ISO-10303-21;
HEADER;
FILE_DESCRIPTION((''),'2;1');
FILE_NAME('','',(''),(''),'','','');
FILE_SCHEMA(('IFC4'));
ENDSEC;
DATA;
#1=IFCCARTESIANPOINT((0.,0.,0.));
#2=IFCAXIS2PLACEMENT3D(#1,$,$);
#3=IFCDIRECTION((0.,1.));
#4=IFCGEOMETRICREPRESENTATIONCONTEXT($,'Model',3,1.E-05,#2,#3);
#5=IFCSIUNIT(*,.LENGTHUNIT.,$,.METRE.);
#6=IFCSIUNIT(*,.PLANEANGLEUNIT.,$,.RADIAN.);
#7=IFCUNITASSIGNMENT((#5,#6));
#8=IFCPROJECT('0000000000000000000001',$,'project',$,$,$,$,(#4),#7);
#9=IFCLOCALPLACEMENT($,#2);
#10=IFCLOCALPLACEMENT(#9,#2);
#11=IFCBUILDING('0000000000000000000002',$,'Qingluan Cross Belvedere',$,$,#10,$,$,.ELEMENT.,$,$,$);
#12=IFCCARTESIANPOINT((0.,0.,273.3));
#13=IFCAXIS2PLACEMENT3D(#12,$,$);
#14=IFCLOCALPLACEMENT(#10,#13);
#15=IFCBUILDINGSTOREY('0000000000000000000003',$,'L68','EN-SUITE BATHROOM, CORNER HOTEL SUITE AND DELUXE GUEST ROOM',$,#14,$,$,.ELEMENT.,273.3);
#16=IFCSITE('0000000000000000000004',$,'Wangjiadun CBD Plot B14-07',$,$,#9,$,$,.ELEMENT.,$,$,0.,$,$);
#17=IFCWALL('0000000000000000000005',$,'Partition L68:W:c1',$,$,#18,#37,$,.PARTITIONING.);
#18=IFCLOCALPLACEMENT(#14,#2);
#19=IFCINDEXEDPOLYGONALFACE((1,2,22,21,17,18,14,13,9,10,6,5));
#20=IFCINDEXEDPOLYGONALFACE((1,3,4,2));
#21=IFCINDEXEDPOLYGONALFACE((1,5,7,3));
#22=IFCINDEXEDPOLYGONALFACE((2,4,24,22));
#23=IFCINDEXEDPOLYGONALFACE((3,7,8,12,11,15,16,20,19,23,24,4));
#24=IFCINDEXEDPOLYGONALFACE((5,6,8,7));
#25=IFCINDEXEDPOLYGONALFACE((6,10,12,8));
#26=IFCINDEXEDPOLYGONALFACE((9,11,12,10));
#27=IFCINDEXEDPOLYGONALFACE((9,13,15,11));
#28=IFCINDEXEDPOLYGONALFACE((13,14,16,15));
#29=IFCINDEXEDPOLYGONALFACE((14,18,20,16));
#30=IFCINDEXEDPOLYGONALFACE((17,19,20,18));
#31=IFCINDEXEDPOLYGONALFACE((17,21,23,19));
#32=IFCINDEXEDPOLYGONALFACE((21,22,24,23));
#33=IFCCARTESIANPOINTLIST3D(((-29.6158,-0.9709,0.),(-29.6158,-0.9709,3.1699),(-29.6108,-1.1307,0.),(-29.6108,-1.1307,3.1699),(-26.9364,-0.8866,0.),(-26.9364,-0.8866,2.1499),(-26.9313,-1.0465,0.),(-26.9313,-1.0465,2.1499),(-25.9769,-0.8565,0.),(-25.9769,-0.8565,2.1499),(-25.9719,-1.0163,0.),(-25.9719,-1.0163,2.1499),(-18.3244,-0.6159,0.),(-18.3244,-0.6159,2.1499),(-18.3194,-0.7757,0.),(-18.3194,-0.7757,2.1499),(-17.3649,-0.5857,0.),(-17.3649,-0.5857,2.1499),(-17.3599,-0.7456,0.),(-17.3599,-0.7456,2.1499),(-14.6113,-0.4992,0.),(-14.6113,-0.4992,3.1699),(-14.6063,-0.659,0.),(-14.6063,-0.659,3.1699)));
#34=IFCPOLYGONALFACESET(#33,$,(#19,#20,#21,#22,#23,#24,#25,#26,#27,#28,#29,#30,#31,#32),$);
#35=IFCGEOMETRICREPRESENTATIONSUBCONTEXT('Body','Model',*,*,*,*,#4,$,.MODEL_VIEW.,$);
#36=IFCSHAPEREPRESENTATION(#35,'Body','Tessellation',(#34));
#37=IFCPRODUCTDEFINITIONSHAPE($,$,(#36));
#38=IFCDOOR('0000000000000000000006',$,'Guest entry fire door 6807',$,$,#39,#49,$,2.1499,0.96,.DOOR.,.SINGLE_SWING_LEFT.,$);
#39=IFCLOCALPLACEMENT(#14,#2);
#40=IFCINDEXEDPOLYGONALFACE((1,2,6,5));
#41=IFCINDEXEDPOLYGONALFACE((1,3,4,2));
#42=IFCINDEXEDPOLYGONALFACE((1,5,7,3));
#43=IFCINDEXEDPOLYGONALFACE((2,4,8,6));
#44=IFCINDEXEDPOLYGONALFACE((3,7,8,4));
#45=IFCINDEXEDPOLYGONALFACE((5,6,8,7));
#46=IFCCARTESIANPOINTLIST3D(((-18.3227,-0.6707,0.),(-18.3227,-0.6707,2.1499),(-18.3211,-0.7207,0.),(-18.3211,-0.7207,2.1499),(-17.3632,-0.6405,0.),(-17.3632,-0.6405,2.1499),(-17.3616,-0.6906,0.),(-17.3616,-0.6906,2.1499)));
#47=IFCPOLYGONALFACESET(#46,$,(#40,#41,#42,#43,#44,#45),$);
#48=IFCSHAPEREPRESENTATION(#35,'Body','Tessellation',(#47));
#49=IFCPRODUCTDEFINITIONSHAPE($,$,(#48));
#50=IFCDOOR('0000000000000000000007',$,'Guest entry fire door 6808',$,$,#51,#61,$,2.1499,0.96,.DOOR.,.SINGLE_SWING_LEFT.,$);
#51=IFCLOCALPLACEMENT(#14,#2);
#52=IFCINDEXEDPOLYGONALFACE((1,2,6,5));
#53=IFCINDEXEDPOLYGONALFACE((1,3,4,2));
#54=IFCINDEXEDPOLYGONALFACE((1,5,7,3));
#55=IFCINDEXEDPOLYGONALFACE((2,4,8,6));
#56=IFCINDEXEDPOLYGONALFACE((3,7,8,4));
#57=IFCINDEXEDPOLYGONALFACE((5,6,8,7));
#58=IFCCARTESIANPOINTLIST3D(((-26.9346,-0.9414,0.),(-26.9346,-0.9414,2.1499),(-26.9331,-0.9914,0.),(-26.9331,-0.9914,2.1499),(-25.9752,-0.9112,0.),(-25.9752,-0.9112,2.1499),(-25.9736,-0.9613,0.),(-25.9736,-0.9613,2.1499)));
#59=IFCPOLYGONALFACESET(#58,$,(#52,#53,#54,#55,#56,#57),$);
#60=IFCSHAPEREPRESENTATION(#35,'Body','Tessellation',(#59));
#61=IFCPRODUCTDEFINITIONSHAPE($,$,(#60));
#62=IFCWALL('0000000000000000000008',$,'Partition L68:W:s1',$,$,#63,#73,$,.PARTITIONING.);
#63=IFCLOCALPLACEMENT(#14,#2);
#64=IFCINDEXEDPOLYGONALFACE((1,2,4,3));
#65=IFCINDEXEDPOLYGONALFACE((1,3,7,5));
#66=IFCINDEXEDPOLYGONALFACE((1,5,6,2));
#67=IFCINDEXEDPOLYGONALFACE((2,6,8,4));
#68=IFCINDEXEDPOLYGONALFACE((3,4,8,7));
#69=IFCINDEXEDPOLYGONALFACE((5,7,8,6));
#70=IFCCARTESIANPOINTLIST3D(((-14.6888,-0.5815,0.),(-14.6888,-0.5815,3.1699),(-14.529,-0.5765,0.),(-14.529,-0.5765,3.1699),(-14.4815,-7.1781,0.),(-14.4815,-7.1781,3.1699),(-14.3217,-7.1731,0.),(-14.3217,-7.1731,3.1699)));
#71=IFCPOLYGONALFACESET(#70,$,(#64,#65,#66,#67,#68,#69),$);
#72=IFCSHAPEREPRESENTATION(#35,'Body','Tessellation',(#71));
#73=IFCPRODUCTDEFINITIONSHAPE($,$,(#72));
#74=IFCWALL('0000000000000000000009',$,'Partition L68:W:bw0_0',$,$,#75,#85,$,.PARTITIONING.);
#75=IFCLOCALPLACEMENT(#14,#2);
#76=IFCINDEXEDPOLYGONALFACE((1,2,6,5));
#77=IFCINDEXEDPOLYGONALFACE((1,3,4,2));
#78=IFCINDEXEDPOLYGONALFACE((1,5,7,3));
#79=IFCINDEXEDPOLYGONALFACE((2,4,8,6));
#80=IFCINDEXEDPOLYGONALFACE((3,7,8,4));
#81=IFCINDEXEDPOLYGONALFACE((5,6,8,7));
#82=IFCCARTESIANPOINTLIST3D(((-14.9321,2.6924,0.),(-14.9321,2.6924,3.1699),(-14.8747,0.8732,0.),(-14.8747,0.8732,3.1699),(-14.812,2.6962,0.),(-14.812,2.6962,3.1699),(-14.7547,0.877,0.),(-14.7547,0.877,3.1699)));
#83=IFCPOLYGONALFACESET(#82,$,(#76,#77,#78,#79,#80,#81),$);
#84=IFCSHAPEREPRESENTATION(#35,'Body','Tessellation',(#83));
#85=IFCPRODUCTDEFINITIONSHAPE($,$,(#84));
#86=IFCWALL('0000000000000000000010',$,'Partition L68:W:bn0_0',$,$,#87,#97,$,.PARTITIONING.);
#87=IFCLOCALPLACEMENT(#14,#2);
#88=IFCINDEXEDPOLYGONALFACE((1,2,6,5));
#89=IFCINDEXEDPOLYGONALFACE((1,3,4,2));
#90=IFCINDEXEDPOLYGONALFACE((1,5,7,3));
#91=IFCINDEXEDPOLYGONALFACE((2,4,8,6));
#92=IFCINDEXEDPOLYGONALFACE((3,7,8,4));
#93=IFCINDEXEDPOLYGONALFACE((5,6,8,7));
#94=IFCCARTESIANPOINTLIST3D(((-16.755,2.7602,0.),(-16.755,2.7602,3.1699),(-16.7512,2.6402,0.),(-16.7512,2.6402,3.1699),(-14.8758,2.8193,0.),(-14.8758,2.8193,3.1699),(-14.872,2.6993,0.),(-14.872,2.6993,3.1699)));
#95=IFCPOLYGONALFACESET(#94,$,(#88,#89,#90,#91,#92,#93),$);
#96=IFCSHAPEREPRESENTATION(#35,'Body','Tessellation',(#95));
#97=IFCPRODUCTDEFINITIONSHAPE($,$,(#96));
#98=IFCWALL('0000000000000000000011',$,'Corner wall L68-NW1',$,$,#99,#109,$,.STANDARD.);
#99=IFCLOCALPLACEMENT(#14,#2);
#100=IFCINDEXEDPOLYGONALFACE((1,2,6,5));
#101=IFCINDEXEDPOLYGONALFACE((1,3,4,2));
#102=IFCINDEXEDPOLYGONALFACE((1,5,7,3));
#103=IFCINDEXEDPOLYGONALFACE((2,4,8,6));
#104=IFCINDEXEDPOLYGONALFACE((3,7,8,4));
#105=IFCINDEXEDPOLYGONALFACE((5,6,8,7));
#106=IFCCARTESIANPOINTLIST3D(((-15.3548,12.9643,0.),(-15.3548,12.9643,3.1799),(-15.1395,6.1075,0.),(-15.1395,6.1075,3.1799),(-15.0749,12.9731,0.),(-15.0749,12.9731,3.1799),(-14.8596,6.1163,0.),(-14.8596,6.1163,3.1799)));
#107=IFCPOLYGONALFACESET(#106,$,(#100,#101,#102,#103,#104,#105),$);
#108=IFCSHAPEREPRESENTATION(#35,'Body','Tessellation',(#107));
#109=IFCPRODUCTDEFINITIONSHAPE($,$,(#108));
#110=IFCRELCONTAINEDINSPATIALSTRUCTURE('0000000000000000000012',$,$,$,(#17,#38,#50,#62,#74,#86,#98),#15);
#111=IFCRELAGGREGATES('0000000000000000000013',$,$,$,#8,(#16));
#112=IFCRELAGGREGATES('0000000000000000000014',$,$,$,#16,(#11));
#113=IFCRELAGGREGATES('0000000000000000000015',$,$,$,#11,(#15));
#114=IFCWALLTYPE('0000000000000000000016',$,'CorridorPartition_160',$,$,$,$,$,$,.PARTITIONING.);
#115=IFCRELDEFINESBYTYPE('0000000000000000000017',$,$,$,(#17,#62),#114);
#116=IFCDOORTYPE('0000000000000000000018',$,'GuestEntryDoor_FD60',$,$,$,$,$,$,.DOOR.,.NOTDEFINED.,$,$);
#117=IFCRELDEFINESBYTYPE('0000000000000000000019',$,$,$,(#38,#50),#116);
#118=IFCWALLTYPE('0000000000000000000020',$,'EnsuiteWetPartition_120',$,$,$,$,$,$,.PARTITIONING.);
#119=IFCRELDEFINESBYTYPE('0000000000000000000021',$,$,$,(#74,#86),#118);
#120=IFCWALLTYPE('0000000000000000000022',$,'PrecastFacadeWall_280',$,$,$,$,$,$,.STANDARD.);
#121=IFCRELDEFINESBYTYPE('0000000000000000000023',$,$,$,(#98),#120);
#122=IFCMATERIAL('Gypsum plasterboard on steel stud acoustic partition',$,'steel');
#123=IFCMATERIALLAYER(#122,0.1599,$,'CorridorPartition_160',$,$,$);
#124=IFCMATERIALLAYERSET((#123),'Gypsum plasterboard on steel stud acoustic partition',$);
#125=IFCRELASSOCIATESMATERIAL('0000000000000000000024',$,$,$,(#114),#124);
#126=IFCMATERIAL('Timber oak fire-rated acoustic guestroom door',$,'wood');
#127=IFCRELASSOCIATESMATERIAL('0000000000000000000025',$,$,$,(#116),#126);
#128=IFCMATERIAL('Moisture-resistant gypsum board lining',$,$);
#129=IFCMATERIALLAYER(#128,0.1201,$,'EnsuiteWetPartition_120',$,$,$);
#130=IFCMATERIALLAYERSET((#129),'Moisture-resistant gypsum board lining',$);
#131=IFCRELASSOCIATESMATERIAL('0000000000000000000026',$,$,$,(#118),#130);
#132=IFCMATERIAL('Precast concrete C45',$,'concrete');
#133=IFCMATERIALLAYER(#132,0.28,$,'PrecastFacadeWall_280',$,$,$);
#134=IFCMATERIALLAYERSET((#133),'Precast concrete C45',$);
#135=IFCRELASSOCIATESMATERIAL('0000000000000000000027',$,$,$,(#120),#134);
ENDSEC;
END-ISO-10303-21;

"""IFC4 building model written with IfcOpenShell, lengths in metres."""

from ifc_helpers import new_model, si_unit, direction, frame, frame_2d, origin, place, context, subcontext, project, spatial, rectangle, extrude, material, layer, layer_set, type_object, element, fill, save


model = new_model("IFC4")

# Units and contexts
model_context = context("Model", 3, precision=1e-05, world=origin(), true_north=direction((0.0, 1.0)))
body_context = subcontext(model_context, "Body", "Model", "MODEL_VIEW")
ifc_project = project(units=[si_unit("LENGTHUNIT", "METRE"), si_unit("PLANEANGLEUNIT", "RADIAN")], contexts=[model_context])

# Site, building, storey
site_placement = place(None, origin())
site = spatial("IfcSite", under=ifc_project, at=site_placement, Name="Wangjiadun CBD Plot B14-07", CompositionType="ELEMENT", RefElevation=0.0)
building_placement = place(site_placement, origin())
building = spatial("IfcBuilding", under=site, at=building_placement, Name="Qingluan Cross Belvedere", CompositionType="ELEMENT")
storey_placement = place(building_placement, frame((0.0, 0.0, 273.3)))
storey = spatial("IfcBuildingStorey", under=building, at=storey_placement, Name="L68", Description="EN-SUITE BATHROOM, CORNER HOTEL SUITE AND DELUXE GUEST ROOM", CompositionType="ELEMENT", Elevation=273.3)

# Shared definitions
ifc_material_1 = material(Name="Gypsum plasterboard on steel stud acoustic partition", Category="steel")
ifc_layer_1 = layer(ifc_material_1, 0.1599, Name="CorridorPartition_160")
ifc_layer_set_1 = layer_set([ifc_layer_1], Name="Gypsum plasterboard on steel stud acoustic partition")
wall_type_1 = type_object("IfcWallType", Name="CorridorPartition_160", PredefinedType="PARTITIONING", material=ifc_layer_set_1)
ifc_material_2 = material(Name="Timber oak fire-rated acoustic guestroom door", Category="wood")
door_type = type_object("IfcDoorType", Name="GuestEntryDoor_FD60", OperationType="NOTDEFINED", PredefinedType="DOOR", material=ifc_material_2)

# Wall, openings, doors
wall_1_placement = place(storey_placement, frame((-14.6089, -0.5791, 0.0), z_axis=(0.0, 0.0, 1.0), x_axis=(-0.999506, -0.03142, 0.0)))
wall_1 = element("IfcWall", 1, at=wall_1_placement, inside=storey, type_object=wall_type_1, Name="Partition L68:W:c1", PredefinedType="PARTITIONING", context=body_context, shape_type="SweptSolid", body=[
    extrude(rectangle(XDim=15.012, YDim=0.1599, at=frame_2d((7.5059, 0.0))), origin(), (0.0, 0.0, 1.0), 3.1699),
])
opening_1_placement = place(wall_1_placement, frame((2.7549, 0.0, 0.0)))
opening_1 = element("IfcOpeningElement", 2, at=opening_1_placement, cuts=wall_1, PredefinedType="OPENING", context=body_context, shape_type="SweptSolid", body=[
    extrude(rectangle(XDim=0.96, YDim=2.1499, at=frame_2d((0.48, 1.075))), frame((0.0, 0.0898, 0.0), z_axis=(0.0, -1.0, 0.0), x_axis=(1.0, 0.0, 0.0)), (0.0, 0.0, 1.0), 0.1799),
])
opening_2_placement = place(wall_1_placement, frame((11.3711, 0.0, 0.0)))
opening_2 = element("IfcOpeningElement", 3, at=opening_2_placement, cuts=wall_1, PredefinedType="OPENING", context=body_context, shape_type="SweptSolid", body=[
    extrude(rectangle(XDim=0.96, YDim=2.1499, at=frame_2d((0.48, 1.075))), frame((0.0, 0.0898, 0.0), z_axis=(0.0, -1.0, 0.0), x_axis=(1.0, 0.0, 0.0)), (0.0, 0.0, 1.0), 0.1799),
])
door_1_placement = place(opening_1_placement, origin())
door_1 = element("IfcDoor", 4, at=door_1_placement, inside=storey, type_object=door_type, Name="Guest entry fire door 6807", OperationType="SINGLE_SWING_LEFT", OverallHeight=2.1499, OverallWidth=0.96, PredefinedType="DOOR", context=body_context, shape_type="SweptSolid", body=[
    extrude(rectangle(XDim=0.96, YDim=2.1499, at=frame_2d((0.48, 1.075))), frame((0.0, 0.0249, 0.0), z_axis=(0.0, -1.0, 0.0), x_axis=(1.0, 0.0, 0.0)), (0.0, 0.0, 1.0), 0.05),
])
fill(opening_1, door_1)
door_2_placement = place(opening_2_placement, origin())
door_2 = element("IfcDoor", 5, at=door_2_placement, inside=storey, type_object=door_type, Name="Guest entry fire door 6808", OperationType="SINGLE_SWING_LEFT", OverallHeight=2.1499, OverallWidth=0.96, PredefinedType="DOOR", context=body_context, shape_type="SweptSolid", body=[
    extrude(rectangle(XDim=0.96, YDim=2.1499, at=frame_2d((0.48, 1.075))), frame((0.0, 0.0249, 0.0), z_axis=(0.0, -1.0, 0.0), x_axis=(1.0, 0.0, 0.0)), (0.0, 0.0, 1.0), 0.05),
])
fill(opening_2, door_2)

# Walls
wall_2_placement = place(storey_placement, frame((-14.6089, -0.5791, 0.0), z_axis=(0.0, 0.0, 1.0), x_axis=(0.031406, -0.999507, 0.0)))
element("IfcWall", 6, at=wall_2_placement, inside=storey, type_object=wall_type_1, Name="Partition L68:W:s1", PredefinedType="PARTITIONING", context=body_context, shape_type="SweptSolid", body=[
    extrude(rectangle(XDim=6.5999, YDim=0.1599, at=frame_2d((3.2998, 0.0))), origin(), (0.0, 0.0, 1.0), 3.1699),
])
ifc_material_3 = material(Name="Moisture-resistant gypsum board lining")
ifc_layer_2 = layer(ifc_material_3, 0.1201, Name="EnsuiteWetPartition_120")
ifc_layer_set_2 = layer_set([ifc_layer_2], Name="Moisture-resistant gypsum board lining")
wall_type_2 = type_object("IfcWallType", Name="EnsuiteWetPartition_120", PredefinedType="PARTITIONING", material=ifc_layer_set_2)
wall_3_placement = place(storey_placement, frame((-14.8147, 0.875, 0.0), z_axis=(0.0, 0.0, 1.0), x_axis=(-0.031524, 0.999503, 0.0)))
element("IfcWall", 7, at=wall_3_placement, inside=storey, type_object=wall_type_2, Name="Partition L68:W:bw0_0", PredefinedType="PARTITIONING", context=body_context, shape_type="SweptSolid", body=[
    extrude(rectangle(XDim=1.8201, YDim=0.1201, at=frame_2d((0.9102, 0.0))), origin(), (0.0, 0.0, 1.0), 3.1699),
])
wall_4_placement = place(storey_placement, frame((-14.874, 2.7593, 0.0), z_axis=(0.0, 0.0, 1.0), x_axis=(-0.999506, -0.031425, 0.0)))
element("IfcWall", 8, at=wall_4_placement, inside=storey, type_object=wall_type_2, Name="Partition L68:W:bn0_0", PredefinedType="PARTITIONING", context=body_context, shape_type="SweptSolid", body=[
    extrude(rectangle(XDim=1.8801, YDim=0.1201, at=frame_2d((0.9399, 0.0))), origin(), (0.0, 0.0, 1.0), 3.1699),
])
ifc_material_4 = material(Name="Precast concrete C45", Category="concrete")
ifc_layer_3 = layer(ifc_material_4, 0.28, Name="PrecastFacadeWall_280")
ifc_layer_set_3 = layer_set([ifc_layer_3], Name="Precast concrete C45")
wall_type_3 = type_object("IfcWallType", Name="PrecastFacadeWall_280", PredefinedType="STANDARD", material=ifc_layer_set_3)
wall_5_placement = place(storey_placement, frame((-14.9995, 6.1118, 0.0), z_axis=(0.0, 0.0, 1.0), x_axis=(-0.031389, 0.999507, 0.0)))
element("IfcWall", 9, at=wall_5_placement, inside=storey, type_object=wall_type_3, Name="Corner wall L68-NW1", PredefinedType="STANDARD", context=body_context, shape_type="SweptSolid", body=[
    extrude(rectangle(XDim=6.8601, YDim=0.28, at=frame_2d((3.4302, 0.0))), origin(), (0.0, 0.0, 1.0), 3.1799),
])

save(model, "model.ifc")
